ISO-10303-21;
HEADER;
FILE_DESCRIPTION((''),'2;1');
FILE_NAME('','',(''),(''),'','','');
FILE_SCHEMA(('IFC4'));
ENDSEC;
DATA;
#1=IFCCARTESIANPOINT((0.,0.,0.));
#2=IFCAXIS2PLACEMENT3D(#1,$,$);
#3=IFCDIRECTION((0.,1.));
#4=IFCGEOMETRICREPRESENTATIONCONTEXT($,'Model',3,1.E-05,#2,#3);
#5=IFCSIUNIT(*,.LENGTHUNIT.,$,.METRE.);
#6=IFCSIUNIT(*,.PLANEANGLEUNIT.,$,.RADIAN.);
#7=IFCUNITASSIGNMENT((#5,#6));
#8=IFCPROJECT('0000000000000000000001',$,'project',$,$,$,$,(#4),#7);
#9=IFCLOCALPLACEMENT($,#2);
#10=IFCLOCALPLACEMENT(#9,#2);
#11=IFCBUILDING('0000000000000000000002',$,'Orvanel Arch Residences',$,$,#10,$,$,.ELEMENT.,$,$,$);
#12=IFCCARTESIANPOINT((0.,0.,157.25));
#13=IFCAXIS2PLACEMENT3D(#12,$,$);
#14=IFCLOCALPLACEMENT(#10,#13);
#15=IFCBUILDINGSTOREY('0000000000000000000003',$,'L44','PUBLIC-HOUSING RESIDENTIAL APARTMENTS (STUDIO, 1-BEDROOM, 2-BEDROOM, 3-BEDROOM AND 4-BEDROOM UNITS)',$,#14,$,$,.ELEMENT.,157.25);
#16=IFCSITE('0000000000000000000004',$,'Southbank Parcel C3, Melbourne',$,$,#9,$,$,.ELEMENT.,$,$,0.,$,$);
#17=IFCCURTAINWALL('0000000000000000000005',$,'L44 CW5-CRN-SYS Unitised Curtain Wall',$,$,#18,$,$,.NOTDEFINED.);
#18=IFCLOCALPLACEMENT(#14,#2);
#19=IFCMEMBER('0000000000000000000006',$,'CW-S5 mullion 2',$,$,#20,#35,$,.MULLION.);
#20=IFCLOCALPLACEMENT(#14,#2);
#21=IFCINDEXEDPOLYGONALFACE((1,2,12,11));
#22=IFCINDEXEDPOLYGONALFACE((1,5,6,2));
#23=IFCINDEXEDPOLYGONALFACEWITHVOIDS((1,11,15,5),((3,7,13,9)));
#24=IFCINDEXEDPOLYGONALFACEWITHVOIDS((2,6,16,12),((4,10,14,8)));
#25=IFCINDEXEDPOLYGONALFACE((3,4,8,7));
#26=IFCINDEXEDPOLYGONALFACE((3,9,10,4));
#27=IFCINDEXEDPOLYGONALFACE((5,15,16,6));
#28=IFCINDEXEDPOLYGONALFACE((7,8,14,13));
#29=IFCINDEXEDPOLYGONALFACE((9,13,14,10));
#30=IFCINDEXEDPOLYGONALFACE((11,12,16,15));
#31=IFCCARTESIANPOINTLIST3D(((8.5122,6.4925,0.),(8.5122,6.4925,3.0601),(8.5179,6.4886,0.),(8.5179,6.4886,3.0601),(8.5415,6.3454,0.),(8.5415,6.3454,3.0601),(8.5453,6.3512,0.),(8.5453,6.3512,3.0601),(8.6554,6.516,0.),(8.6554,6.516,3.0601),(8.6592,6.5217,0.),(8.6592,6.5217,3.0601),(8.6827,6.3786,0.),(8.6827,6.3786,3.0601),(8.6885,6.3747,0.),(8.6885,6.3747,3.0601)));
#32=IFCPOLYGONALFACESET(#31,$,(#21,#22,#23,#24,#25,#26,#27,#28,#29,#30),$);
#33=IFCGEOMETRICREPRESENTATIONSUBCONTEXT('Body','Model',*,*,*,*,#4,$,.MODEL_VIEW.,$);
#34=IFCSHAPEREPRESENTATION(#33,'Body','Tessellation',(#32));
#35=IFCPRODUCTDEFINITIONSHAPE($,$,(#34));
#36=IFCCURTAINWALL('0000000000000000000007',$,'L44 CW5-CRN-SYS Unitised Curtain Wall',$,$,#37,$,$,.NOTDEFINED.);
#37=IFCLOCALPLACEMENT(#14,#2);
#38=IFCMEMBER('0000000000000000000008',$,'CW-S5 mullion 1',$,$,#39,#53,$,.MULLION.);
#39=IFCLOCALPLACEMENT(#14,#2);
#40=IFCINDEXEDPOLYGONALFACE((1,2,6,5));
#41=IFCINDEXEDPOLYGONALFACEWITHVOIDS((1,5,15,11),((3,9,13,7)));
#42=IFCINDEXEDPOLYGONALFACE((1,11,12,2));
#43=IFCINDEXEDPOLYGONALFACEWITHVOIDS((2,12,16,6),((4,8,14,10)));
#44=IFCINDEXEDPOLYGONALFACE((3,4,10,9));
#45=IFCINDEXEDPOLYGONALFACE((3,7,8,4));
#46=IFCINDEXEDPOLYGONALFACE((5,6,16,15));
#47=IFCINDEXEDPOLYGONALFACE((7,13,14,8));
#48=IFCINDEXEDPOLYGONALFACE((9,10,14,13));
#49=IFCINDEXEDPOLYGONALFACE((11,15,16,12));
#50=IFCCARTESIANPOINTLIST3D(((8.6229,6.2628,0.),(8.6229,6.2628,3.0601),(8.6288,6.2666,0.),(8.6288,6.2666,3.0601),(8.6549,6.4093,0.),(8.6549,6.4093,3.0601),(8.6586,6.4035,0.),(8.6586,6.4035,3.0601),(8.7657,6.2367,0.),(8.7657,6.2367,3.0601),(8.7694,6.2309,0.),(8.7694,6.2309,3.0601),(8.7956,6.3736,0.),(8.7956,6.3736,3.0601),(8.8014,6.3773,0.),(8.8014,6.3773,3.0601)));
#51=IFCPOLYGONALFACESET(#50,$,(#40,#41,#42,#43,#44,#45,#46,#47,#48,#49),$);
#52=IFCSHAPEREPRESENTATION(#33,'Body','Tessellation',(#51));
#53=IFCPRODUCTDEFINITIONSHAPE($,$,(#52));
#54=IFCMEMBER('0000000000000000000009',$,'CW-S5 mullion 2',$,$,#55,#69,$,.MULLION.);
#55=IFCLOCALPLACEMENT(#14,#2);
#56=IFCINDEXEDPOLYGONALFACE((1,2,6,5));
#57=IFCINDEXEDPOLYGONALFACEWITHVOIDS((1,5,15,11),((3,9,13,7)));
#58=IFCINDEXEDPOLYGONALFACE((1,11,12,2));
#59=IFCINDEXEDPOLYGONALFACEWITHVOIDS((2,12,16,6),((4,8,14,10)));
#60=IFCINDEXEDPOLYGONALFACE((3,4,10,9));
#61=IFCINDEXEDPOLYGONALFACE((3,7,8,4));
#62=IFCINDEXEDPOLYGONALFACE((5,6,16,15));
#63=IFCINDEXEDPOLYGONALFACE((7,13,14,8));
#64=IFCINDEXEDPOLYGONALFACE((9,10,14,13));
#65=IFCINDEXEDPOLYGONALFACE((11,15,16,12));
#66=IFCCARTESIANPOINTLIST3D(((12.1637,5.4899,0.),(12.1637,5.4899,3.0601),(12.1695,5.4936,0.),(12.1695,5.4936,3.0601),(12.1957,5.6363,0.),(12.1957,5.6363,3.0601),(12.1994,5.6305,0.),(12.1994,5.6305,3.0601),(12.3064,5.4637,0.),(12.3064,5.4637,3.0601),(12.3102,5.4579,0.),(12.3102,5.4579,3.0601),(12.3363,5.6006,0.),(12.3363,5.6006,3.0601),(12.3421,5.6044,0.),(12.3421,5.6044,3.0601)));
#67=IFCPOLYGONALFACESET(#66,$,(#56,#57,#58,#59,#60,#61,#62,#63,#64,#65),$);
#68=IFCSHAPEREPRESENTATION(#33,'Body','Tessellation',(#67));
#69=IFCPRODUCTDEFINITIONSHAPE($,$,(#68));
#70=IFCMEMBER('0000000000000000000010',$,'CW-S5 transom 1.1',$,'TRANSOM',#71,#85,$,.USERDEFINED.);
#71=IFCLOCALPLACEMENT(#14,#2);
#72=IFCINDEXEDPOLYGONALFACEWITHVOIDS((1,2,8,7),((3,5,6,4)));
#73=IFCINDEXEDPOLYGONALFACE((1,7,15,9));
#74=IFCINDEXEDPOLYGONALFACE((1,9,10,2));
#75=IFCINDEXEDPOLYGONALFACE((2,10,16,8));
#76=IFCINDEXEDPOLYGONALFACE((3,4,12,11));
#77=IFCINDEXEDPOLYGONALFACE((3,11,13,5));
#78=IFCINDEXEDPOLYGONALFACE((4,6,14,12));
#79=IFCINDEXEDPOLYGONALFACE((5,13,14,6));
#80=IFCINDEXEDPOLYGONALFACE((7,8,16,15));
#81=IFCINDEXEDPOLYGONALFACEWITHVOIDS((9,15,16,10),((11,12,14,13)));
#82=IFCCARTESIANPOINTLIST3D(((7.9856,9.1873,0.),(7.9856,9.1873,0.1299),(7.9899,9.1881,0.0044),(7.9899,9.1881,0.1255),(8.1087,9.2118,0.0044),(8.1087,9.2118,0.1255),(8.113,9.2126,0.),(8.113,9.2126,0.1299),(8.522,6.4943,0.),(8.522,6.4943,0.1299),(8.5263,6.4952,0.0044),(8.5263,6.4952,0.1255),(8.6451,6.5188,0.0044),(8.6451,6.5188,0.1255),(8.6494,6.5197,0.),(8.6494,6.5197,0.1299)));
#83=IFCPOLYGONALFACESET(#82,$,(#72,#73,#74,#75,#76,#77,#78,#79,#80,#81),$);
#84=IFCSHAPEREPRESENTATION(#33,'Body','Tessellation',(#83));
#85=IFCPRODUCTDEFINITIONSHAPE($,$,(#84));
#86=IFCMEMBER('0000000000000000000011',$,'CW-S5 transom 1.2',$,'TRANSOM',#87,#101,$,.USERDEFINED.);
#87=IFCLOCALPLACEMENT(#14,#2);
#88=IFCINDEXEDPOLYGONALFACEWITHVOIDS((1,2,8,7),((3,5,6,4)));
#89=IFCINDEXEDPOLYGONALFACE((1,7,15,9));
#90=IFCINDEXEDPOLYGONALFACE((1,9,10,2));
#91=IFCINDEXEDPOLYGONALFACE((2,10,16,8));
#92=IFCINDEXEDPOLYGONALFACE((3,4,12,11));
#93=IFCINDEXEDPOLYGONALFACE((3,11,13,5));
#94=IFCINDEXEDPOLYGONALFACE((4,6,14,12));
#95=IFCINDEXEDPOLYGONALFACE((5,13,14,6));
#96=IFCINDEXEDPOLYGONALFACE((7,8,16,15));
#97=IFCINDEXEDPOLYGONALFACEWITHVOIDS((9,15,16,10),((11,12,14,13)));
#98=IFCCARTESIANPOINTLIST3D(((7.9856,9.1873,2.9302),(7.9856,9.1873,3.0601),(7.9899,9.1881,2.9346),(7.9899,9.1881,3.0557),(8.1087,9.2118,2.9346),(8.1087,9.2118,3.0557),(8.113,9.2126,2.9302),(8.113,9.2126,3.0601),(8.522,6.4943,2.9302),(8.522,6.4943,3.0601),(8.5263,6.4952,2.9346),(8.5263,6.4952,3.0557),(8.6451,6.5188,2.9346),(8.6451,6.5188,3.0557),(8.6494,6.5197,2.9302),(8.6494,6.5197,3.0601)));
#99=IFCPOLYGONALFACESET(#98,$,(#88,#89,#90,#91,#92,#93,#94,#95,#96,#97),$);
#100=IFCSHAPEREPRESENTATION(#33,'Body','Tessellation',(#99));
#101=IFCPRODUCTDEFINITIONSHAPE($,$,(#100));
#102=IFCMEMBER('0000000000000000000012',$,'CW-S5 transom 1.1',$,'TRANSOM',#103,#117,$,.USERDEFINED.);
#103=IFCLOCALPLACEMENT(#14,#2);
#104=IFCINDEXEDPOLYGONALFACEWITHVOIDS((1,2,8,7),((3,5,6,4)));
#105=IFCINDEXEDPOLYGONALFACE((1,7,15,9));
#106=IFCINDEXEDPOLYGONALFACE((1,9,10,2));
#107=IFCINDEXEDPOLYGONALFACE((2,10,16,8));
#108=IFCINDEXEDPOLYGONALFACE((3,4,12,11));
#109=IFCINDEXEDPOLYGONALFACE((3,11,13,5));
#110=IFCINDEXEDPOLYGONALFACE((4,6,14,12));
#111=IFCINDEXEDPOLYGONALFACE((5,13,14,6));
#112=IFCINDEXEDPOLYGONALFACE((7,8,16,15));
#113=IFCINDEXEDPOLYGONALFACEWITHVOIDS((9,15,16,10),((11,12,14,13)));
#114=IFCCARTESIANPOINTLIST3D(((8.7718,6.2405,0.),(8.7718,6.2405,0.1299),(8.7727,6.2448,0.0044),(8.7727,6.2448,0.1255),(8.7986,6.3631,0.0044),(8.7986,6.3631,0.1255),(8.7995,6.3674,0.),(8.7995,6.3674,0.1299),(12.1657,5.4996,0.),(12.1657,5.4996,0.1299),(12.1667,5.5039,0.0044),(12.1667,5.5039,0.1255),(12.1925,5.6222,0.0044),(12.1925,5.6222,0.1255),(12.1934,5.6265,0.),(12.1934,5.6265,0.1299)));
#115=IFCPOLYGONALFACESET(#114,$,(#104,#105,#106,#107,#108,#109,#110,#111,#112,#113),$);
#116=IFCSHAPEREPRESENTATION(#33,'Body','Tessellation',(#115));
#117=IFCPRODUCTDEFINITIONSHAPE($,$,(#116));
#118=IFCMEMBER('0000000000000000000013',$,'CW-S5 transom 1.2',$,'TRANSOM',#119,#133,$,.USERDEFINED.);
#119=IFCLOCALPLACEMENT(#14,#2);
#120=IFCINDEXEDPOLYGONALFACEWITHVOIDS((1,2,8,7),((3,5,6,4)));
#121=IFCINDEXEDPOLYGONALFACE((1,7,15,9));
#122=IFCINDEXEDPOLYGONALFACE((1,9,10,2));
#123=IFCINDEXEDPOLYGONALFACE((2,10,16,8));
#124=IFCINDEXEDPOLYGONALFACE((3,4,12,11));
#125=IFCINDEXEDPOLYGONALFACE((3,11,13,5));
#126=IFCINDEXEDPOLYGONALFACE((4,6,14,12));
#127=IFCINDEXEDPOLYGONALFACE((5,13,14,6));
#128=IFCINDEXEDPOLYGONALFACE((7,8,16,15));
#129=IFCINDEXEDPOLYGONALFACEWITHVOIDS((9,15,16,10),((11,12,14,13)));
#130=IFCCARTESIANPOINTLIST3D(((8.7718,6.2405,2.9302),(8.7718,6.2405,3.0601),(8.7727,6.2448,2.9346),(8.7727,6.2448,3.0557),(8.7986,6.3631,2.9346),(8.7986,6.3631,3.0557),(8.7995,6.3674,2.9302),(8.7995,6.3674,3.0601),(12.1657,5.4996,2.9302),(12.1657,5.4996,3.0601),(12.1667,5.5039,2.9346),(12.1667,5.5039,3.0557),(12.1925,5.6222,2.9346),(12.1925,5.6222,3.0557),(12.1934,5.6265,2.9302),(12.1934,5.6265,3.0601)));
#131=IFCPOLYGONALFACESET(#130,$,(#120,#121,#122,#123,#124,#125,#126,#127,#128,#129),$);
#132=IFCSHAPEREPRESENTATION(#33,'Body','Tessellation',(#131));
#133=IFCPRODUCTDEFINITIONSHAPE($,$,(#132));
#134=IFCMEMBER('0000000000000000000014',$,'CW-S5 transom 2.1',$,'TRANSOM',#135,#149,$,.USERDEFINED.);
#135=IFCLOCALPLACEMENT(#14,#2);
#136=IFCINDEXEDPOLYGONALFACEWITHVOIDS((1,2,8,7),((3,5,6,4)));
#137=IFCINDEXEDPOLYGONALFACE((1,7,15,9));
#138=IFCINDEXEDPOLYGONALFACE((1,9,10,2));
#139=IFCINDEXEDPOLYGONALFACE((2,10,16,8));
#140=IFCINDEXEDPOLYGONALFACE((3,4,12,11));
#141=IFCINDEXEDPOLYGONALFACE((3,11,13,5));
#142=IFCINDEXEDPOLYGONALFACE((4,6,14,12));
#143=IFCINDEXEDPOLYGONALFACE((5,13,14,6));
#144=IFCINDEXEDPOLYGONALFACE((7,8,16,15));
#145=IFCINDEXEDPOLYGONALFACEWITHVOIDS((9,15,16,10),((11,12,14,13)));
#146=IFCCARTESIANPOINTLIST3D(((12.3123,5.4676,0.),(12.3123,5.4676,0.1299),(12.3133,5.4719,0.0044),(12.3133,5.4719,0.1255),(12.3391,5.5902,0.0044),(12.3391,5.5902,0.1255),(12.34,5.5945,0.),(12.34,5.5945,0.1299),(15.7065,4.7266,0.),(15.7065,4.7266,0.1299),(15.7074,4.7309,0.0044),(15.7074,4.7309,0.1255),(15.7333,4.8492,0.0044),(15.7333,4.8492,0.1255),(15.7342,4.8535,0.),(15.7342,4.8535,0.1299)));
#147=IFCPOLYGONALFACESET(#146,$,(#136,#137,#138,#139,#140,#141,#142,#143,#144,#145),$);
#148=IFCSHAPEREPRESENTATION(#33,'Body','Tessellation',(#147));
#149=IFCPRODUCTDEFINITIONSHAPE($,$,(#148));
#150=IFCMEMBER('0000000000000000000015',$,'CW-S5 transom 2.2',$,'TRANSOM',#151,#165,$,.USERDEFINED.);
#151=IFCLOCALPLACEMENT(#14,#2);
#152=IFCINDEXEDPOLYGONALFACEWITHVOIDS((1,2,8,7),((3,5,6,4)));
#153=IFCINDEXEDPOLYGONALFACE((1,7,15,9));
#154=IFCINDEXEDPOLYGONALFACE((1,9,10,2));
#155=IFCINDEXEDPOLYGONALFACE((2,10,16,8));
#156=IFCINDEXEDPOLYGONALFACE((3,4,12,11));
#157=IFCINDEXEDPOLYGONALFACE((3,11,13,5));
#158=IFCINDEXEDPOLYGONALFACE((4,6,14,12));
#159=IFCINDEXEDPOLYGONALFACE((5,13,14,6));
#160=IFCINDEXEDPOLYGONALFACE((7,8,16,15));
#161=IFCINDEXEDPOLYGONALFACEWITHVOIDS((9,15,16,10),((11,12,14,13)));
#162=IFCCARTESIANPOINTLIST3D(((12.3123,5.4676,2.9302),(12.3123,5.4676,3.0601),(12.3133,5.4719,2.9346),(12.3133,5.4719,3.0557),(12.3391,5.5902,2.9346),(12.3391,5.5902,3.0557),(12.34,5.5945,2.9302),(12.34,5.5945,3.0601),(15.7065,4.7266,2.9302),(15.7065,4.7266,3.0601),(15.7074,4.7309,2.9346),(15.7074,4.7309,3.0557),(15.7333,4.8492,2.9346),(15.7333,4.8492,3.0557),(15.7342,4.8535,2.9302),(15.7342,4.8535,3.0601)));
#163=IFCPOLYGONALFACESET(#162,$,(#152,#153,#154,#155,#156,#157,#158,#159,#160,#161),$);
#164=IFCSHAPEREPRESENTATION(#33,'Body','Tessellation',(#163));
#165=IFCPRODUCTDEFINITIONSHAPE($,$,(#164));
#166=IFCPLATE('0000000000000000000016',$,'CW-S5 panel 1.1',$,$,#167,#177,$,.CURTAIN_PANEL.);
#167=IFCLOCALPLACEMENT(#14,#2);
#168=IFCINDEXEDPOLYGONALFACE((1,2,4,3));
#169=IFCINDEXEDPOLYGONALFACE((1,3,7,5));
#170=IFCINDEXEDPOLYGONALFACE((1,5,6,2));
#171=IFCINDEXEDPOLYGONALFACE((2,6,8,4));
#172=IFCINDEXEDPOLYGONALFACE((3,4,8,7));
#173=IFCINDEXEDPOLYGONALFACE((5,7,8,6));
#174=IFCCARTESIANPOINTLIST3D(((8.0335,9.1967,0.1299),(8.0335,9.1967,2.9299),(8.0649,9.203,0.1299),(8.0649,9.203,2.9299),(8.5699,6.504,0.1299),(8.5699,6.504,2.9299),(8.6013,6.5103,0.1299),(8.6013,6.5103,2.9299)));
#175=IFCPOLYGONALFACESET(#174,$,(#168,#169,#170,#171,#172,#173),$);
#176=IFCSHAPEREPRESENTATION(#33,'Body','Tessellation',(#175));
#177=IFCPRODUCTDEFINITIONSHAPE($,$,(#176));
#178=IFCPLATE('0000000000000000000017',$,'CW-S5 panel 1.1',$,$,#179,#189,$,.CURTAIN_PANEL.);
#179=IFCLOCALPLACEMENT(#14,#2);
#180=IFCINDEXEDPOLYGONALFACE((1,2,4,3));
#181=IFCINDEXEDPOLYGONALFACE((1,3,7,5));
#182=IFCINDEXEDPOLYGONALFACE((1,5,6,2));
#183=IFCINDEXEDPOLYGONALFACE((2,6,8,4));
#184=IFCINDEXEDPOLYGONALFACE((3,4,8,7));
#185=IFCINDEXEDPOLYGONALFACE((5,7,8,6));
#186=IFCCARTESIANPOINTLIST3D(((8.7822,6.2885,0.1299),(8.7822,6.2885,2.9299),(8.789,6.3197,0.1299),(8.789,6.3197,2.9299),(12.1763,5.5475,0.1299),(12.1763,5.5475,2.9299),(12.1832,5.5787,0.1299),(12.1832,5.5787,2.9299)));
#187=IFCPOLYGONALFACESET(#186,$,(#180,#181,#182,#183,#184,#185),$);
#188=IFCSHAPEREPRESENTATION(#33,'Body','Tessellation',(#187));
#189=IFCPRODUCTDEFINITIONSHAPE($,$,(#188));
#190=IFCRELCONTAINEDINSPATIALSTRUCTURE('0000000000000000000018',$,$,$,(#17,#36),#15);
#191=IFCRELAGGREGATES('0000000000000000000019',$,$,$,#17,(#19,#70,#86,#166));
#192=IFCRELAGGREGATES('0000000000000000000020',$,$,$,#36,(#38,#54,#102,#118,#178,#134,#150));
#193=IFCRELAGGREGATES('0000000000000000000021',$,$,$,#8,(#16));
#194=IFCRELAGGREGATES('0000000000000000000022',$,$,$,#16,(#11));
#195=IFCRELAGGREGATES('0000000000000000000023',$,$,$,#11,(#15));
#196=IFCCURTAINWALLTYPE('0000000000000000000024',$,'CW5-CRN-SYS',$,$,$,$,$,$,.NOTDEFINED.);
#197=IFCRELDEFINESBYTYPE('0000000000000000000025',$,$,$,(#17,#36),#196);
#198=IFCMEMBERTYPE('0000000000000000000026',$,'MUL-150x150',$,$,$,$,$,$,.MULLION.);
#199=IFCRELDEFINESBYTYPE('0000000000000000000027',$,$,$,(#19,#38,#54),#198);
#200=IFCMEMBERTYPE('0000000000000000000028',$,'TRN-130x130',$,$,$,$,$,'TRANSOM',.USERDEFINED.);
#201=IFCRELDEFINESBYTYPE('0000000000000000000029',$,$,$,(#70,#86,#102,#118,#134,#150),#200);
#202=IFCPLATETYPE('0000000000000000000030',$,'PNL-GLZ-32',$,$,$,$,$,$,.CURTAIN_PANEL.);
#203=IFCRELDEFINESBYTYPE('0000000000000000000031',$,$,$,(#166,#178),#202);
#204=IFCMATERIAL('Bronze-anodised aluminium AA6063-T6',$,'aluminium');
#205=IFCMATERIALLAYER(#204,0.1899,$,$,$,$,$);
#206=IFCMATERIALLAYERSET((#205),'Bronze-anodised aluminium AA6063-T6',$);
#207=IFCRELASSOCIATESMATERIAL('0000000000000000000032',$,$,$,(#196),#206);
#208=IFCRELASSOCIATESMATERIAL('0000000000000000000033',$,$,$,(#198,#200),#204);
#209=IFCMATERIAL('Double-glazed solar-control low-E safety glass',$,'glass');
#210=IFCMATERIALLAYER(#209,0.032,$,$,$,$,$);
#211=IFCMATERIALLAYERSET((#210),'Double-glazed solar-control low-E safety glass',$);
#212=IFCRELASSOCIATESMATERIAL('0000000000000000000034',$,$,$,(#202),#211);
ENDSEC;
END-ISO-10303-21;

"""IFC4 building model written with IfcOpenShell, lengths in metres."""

from ifc_helpers import new_model, si_unit, direction, frame, origin, origin_2d, place, context, subcontext, project, spatial, rectangle, hollow_rectangle, extrude, material, layer, layer_set, material_profile, profile_set, type_object, element, aggregate, save


model = new_model("IFC4")

# Units and contexts
model_context = context("Model", 3, precision=1e-05, world=origin(), true_north=direction((0.0, 1.0)))
body_context = subcontext(model_context, "Body", "Model", "MODEL_VIEW")
ifc_project = project(units=[si_unit("LENGTHUNIT", "METRE"), si_unit("PLANEANGLEUNIT", "RADIAN")], contexts=[model_context])

# Site, building, storey
site_placement = place(None, origin())
site = spatial("IfcSite", under=ifc_project, at=site_placement, Name="Southbank Parcel C3, Melbourne", CompositionType="ELEMENT", RefElevation=0.0)
building_placement = place(site_placement, origin())
building = spatial("IfcBuilding", under=site, at=building_placement, Name="Orvanel Arch Residences", CompositionType="ELEMENT")
storey_placement = place(building_placement, frame((0.0, 0.0, 157.25)))
storey = spatial("IfcBuildingStorey", under=building, at=storey_placement, Name="L44", Description="PUBLIC-HOUSING RESIDENTIAL APARTMENTS (STUDIO, 1-BEDROOM, 2-BEDROOM, 3-BEDROOM AND 4-BEDROOM UNITS)", CompositionType="ELEMENT", Elevation=157.25)

# Curtain wall, member
ifc_material_1 = material(Name="Bronze-anodised aluminium AA6063-T6", Category="aluminium")
ifc_layer_1 = layer(ifc_material_1, 0.1899)
ifc_layer_set_1 = layer_set([ifc_layer_1], Name="Bronze-anodised aluminium AA6063-T6")
curtain_wall_type = type_object("IfcCurtainWallType", Name="CW5-CRN-SYS", PredefinedType="NOTDEFINED", material=ifc_layer_set_1)
curtain_wall_1_placement = place(storey_placement, origin())
curtain_wall_1 = element("IfcCurtainWall", 1, at=curtain_wall_1_placement, inside=storey, type_object=curtain_wall_type, Name="L44 CW5-CRN-SYS Unitised Curtain Wall", PredefinedType="NOTDEFINED")
ifc_material_profile_1 = material_profile(ifc_material_1, hollow_rectangle(XDim=0.1499, YDim=0.1499, WallThickness=0.0049, at=origin_2d()), Name="ALU150x150x5")
ifc_profile_set_1 = profile_set([ifc_material_profile_1], Name="Bronze-anodised aluminium AA6063-T6")
member_type_1 = type_object("IfcMemberType", Name="MUL-150x150", PredefinedType="MULLION", material=ifc_profile_set_1)
member_1_placement = place(storey_placement, frame((8.6003, 6.4336, 0.0), z_axis=(0.0, 0.0, 1.0), x_axis=(0.980732, 0.195358, 0.0)))
member_1 = element("IfcMember", 2, at=member_1_placement, type_object=member_type_1, Name="CW-S5 mullion 2", PredefinedType="MULLION", context=body_context, shape_type="SweptSolid", body=[
    extrude(hollow_rectangle(XDim=0.1499, YDim=0.1499, WallThickness=0.0049, at=origin_2d()), origin(), (0.0, 0.0, 1.0), 3.0601),
])

# Curtain wall, members
curtain_wall_2_placement = place(storey_placement, origin())
curtain_wall_2 = element("IfcCurtainWall", 3, at=curtain_wall_2_placement, inside=storey, type_object=curtain_wall_type, Name="L44 CW5-CRN-SYS Unitised Curtain Wall", PredefinedType="NOTDEFINED")
member_2_placement = place(storey_placement, frame((8.7122, 6.3201, 0.0), z_axis=(0.0, 0.0, 1.0), x_axis=(0.213294, 0.976988, 0.0)))
member_2 = element("IfcMember", 4, at=member_2_placement, type_object=member_type_1, Name="CW-S5 mullion 1", PredefinedType="MULLION", context=body_context, shape_type="SweptSolid", body=[
    extrude(hollow_rectangle(XDim=0.1499, YDim=0.1499, WallThickness=0.0049, at=origin_2d()), origin(), (0.0, 0.0, 1.0), 3.0601),
])
member_3_placement = place(storey_placement, frame((12.2529, 5.5471, 0.0), z_axis=(0.0, 0.0, 1.0), x_axis=(0.213294, 0.976988, 0.0)))
member_3 = element("IfcMember", 5, at=member_3_placement, type_object=member_type_1, Name="CW-S5 mullion 2", PredefinedType="MULLION", context=body_context, shape_type="SweptSolid", body=[
    extrude(hollow_rectangle(XDim=0.1499, YDim=0.1499, WallThickness=0.0049, at=origin_2d()), origin(), (0.0, 0.0, 1.0), 3.0601),
])

# Members
ifc_material_profile_2 = material_profile(ifc_material_1, hollow_rectangle(XDim=0.1299, YDim=0.1299, WallThickness=0.0044, at=origin_2d()), Name="ALU130x130x4.5")
ifc_profile_set_2 = profile_set([ifc_material_profile_2], Name="Bronze-anodised aluminium AA6063-T6")
member_type_2 = type_object("IfcMemberType", Name="TRN-130x130", ElementType="TRANSOM", PredefinedType="USERDEFINED", material=ifc_profile_set_2)
member_4_placement = place(storey_placement, frame((8.0493, 9.2, 0.0649), z_axis=(0.195347, -0.980734, 0.0), x_axis=(0.980734, 0.195347, 0.0)))
member_4 = element("IfcMember", 6, at=member_4_placement, type_object=member_type_2, Name="CW-S5 transom 1.1", ObjectType="TRANSOM", PredefinedType="USERDEFINED", context=body_context, shape_type="SweptSolid", body=[
    extrude(hollow_rectangle(XDim=0.1299, YDim=0.1299, WallThickness=0.0044, at=origin_2d()), origin(), (0.0, 0.0, 1.0), 2.7458),
])
member_5_placement = place(storey_placement, frame((8.0493, 9.2, 2.9951), z_axis=(0.195347, -0.980734, 0.0), x_axis=(0.980734, 0.195347, 0.0)))
member_5 = element("IfcMember", 7, at=member_5_placement, type_object=member_type_2, Name="CW-S5 transom 1.2", ObjectType="TRANSOM", PredefinedType="USERDEFINED", context=body_context, shape_type="SweptSolid", body=[
    extrude(hollow_rectangle(XDim=0.1299, YDim=0.1299, WallThickness=0.0044, at=origin_2d()), origin(), (0.0, 0.0, 1.0), 2.7458),
])
member_6_placement = place(storey_placement, frame((8.7856, 6.304, 0.0649), z_axis=(0.976989, -0.21329, 0.0), x_axis=(0.21329, 0.976989, 0.0)))
member_6 = element("IfcMember", 8, at=member_6_placement, type_object=member_type_2, Name="CW-S5 transom 1.1", ObjectType="TRANSOM", PredefinedType="USERDEFINED", context=body_context, shape_type="SweptSolid", body=[
    extrude(hollow_rectangle(XDim=0.1299, YDim=0.1299, WallThickness=0.0044, at=origin_2d()), origin(), (0.0, 0.0, 1.0), 3.4739),
])
member_7_placement = place(storey_placement, frame((8.7856, 6.304, 2.9951), z_axis=(0.976989, -0.21329, 0.0), x_axis=(0.21329, 0.976989, 0.0)))
member_7 = element("IfcMember", 9, at=member_7_placement, type_object=member_type_2, Name="CW-S5 transom 1.2", ObjectType="TRANSOM", PredefinedType="USERDEFINED", context=body_context, shape_type="SweptSolid", body=[
    extrude(hollow_rectangle(XDim=0.1299, YDim=0.1299, WallThickness=0.0044, at=origin_2d()), origin(), (0.0, 0.0, 1.0), 3.4739),
])
member_8_placement = place(storey_placement, frame((12.3262, 5.531, 0.0649), z_axis=(0.976992, -0.213276, 0.0), x_axis=(0.213276, 0.976992, 0.0)))
member_8 = element("IfcMember", 10, at=member_8_placement, type_object=member_type_2, Name="CW-S5 transom 2.1", ObjectType="TRANSOM", PredefinedType="USERDEFINED", context=body_context, shape_type="SweptSolid", body=[
    extrude(hollow_rectangle(XDim=0.1299, YDim=0.1299, WallThickness=0.0044, at=origin_2d()), origin(), (0.0, 0.0, 1.0), 3.4741),
])
member_9_placement = place(storey_placement, frame((12.3262, 5.531, 2.9951), z_axis=(0.976992, -0.213276, 0.0), x_axis=(0.213276, 0.976992, 0.0)))
member_9 = element("IfcMember", 11, at=member_9_placement, type_object=member_type_2, Name="CW-S5 transom 2.2", ObjectType="TRANSOM", PredefinedType="USERDEFINED", context=body_context, shape_type="SweptSolid", body=[
    extrude(hollow_rectangle(XDim=0.1299, YDim=0.1299, WallThickness=0.0044, at=origin_2d()), origin(), (0.0, 0.0, 1.0), 3.4741),
])

# Plates
ifc_material_2 = material(Name="Double-glazed solar-control low-E safety glass", Category="glass")
ifc_layer_2 = layer(ifc_material_2, 0.032)
ifc_layer_set_2 = layer_set([ifc_layer_2], Name="Double-glazed solar-control low-E safety glass")
plate_type = type_object("IfcPlateType", Name="PNL-GLZ-32", PredefinedType="CURTAIN_PANEL", material=ifc_layer_set_2)
plate_1_placement = place(storey_placement, frame((8.3174, 7.8535, 0.1299), z_axis=(0.0, 0.0, 1.0), x_axis=(0.195358, -0.980732, 0.0)))
plate_1 = element("IfcPlate", 12, at=plate_1_placement, type_object=plate_type, Name="CW-S5 panel 1.1", PredefinedType="CURTAIN_PANEL", context=body_context, shape_type="SweptSolid", body=[
    extrude(rectangle(XDim=2.7456, YDim=0.032, at=origin_2d()), origin(), (0.0, 0.0, 1.0), 2.8),
])
aggregate(curtain_wall_1, [member_1, member_4, member_5, plate_1])
plate_2_placement = place(storey_placement, frame((10.4827, 5.9336, 0.1299), z_axis=(0.0, 0.0, 1.0), x_axis=(0.976988, -0.213294, 0.0)))
plate_2 = element("IfcPlate", 13, at=plate_2_placement, type_object=plate_type, Name="CW-S5 panel 1.1", PredefinedType="CURTAIN_PANEL", context=body_context, shape_type="SweptSolid", body=[
    extrude(rectangle(XDim=3.4741, YDim=0.032, at=origin_2d()), origin(), (0.0, 0.0, 1.0), 2.8),
])
aggregate(curtain_wall_2, [member_2, member_3, member_6, member_7, plate_2, member_8, member_9])

save(model, "model.ifc")
